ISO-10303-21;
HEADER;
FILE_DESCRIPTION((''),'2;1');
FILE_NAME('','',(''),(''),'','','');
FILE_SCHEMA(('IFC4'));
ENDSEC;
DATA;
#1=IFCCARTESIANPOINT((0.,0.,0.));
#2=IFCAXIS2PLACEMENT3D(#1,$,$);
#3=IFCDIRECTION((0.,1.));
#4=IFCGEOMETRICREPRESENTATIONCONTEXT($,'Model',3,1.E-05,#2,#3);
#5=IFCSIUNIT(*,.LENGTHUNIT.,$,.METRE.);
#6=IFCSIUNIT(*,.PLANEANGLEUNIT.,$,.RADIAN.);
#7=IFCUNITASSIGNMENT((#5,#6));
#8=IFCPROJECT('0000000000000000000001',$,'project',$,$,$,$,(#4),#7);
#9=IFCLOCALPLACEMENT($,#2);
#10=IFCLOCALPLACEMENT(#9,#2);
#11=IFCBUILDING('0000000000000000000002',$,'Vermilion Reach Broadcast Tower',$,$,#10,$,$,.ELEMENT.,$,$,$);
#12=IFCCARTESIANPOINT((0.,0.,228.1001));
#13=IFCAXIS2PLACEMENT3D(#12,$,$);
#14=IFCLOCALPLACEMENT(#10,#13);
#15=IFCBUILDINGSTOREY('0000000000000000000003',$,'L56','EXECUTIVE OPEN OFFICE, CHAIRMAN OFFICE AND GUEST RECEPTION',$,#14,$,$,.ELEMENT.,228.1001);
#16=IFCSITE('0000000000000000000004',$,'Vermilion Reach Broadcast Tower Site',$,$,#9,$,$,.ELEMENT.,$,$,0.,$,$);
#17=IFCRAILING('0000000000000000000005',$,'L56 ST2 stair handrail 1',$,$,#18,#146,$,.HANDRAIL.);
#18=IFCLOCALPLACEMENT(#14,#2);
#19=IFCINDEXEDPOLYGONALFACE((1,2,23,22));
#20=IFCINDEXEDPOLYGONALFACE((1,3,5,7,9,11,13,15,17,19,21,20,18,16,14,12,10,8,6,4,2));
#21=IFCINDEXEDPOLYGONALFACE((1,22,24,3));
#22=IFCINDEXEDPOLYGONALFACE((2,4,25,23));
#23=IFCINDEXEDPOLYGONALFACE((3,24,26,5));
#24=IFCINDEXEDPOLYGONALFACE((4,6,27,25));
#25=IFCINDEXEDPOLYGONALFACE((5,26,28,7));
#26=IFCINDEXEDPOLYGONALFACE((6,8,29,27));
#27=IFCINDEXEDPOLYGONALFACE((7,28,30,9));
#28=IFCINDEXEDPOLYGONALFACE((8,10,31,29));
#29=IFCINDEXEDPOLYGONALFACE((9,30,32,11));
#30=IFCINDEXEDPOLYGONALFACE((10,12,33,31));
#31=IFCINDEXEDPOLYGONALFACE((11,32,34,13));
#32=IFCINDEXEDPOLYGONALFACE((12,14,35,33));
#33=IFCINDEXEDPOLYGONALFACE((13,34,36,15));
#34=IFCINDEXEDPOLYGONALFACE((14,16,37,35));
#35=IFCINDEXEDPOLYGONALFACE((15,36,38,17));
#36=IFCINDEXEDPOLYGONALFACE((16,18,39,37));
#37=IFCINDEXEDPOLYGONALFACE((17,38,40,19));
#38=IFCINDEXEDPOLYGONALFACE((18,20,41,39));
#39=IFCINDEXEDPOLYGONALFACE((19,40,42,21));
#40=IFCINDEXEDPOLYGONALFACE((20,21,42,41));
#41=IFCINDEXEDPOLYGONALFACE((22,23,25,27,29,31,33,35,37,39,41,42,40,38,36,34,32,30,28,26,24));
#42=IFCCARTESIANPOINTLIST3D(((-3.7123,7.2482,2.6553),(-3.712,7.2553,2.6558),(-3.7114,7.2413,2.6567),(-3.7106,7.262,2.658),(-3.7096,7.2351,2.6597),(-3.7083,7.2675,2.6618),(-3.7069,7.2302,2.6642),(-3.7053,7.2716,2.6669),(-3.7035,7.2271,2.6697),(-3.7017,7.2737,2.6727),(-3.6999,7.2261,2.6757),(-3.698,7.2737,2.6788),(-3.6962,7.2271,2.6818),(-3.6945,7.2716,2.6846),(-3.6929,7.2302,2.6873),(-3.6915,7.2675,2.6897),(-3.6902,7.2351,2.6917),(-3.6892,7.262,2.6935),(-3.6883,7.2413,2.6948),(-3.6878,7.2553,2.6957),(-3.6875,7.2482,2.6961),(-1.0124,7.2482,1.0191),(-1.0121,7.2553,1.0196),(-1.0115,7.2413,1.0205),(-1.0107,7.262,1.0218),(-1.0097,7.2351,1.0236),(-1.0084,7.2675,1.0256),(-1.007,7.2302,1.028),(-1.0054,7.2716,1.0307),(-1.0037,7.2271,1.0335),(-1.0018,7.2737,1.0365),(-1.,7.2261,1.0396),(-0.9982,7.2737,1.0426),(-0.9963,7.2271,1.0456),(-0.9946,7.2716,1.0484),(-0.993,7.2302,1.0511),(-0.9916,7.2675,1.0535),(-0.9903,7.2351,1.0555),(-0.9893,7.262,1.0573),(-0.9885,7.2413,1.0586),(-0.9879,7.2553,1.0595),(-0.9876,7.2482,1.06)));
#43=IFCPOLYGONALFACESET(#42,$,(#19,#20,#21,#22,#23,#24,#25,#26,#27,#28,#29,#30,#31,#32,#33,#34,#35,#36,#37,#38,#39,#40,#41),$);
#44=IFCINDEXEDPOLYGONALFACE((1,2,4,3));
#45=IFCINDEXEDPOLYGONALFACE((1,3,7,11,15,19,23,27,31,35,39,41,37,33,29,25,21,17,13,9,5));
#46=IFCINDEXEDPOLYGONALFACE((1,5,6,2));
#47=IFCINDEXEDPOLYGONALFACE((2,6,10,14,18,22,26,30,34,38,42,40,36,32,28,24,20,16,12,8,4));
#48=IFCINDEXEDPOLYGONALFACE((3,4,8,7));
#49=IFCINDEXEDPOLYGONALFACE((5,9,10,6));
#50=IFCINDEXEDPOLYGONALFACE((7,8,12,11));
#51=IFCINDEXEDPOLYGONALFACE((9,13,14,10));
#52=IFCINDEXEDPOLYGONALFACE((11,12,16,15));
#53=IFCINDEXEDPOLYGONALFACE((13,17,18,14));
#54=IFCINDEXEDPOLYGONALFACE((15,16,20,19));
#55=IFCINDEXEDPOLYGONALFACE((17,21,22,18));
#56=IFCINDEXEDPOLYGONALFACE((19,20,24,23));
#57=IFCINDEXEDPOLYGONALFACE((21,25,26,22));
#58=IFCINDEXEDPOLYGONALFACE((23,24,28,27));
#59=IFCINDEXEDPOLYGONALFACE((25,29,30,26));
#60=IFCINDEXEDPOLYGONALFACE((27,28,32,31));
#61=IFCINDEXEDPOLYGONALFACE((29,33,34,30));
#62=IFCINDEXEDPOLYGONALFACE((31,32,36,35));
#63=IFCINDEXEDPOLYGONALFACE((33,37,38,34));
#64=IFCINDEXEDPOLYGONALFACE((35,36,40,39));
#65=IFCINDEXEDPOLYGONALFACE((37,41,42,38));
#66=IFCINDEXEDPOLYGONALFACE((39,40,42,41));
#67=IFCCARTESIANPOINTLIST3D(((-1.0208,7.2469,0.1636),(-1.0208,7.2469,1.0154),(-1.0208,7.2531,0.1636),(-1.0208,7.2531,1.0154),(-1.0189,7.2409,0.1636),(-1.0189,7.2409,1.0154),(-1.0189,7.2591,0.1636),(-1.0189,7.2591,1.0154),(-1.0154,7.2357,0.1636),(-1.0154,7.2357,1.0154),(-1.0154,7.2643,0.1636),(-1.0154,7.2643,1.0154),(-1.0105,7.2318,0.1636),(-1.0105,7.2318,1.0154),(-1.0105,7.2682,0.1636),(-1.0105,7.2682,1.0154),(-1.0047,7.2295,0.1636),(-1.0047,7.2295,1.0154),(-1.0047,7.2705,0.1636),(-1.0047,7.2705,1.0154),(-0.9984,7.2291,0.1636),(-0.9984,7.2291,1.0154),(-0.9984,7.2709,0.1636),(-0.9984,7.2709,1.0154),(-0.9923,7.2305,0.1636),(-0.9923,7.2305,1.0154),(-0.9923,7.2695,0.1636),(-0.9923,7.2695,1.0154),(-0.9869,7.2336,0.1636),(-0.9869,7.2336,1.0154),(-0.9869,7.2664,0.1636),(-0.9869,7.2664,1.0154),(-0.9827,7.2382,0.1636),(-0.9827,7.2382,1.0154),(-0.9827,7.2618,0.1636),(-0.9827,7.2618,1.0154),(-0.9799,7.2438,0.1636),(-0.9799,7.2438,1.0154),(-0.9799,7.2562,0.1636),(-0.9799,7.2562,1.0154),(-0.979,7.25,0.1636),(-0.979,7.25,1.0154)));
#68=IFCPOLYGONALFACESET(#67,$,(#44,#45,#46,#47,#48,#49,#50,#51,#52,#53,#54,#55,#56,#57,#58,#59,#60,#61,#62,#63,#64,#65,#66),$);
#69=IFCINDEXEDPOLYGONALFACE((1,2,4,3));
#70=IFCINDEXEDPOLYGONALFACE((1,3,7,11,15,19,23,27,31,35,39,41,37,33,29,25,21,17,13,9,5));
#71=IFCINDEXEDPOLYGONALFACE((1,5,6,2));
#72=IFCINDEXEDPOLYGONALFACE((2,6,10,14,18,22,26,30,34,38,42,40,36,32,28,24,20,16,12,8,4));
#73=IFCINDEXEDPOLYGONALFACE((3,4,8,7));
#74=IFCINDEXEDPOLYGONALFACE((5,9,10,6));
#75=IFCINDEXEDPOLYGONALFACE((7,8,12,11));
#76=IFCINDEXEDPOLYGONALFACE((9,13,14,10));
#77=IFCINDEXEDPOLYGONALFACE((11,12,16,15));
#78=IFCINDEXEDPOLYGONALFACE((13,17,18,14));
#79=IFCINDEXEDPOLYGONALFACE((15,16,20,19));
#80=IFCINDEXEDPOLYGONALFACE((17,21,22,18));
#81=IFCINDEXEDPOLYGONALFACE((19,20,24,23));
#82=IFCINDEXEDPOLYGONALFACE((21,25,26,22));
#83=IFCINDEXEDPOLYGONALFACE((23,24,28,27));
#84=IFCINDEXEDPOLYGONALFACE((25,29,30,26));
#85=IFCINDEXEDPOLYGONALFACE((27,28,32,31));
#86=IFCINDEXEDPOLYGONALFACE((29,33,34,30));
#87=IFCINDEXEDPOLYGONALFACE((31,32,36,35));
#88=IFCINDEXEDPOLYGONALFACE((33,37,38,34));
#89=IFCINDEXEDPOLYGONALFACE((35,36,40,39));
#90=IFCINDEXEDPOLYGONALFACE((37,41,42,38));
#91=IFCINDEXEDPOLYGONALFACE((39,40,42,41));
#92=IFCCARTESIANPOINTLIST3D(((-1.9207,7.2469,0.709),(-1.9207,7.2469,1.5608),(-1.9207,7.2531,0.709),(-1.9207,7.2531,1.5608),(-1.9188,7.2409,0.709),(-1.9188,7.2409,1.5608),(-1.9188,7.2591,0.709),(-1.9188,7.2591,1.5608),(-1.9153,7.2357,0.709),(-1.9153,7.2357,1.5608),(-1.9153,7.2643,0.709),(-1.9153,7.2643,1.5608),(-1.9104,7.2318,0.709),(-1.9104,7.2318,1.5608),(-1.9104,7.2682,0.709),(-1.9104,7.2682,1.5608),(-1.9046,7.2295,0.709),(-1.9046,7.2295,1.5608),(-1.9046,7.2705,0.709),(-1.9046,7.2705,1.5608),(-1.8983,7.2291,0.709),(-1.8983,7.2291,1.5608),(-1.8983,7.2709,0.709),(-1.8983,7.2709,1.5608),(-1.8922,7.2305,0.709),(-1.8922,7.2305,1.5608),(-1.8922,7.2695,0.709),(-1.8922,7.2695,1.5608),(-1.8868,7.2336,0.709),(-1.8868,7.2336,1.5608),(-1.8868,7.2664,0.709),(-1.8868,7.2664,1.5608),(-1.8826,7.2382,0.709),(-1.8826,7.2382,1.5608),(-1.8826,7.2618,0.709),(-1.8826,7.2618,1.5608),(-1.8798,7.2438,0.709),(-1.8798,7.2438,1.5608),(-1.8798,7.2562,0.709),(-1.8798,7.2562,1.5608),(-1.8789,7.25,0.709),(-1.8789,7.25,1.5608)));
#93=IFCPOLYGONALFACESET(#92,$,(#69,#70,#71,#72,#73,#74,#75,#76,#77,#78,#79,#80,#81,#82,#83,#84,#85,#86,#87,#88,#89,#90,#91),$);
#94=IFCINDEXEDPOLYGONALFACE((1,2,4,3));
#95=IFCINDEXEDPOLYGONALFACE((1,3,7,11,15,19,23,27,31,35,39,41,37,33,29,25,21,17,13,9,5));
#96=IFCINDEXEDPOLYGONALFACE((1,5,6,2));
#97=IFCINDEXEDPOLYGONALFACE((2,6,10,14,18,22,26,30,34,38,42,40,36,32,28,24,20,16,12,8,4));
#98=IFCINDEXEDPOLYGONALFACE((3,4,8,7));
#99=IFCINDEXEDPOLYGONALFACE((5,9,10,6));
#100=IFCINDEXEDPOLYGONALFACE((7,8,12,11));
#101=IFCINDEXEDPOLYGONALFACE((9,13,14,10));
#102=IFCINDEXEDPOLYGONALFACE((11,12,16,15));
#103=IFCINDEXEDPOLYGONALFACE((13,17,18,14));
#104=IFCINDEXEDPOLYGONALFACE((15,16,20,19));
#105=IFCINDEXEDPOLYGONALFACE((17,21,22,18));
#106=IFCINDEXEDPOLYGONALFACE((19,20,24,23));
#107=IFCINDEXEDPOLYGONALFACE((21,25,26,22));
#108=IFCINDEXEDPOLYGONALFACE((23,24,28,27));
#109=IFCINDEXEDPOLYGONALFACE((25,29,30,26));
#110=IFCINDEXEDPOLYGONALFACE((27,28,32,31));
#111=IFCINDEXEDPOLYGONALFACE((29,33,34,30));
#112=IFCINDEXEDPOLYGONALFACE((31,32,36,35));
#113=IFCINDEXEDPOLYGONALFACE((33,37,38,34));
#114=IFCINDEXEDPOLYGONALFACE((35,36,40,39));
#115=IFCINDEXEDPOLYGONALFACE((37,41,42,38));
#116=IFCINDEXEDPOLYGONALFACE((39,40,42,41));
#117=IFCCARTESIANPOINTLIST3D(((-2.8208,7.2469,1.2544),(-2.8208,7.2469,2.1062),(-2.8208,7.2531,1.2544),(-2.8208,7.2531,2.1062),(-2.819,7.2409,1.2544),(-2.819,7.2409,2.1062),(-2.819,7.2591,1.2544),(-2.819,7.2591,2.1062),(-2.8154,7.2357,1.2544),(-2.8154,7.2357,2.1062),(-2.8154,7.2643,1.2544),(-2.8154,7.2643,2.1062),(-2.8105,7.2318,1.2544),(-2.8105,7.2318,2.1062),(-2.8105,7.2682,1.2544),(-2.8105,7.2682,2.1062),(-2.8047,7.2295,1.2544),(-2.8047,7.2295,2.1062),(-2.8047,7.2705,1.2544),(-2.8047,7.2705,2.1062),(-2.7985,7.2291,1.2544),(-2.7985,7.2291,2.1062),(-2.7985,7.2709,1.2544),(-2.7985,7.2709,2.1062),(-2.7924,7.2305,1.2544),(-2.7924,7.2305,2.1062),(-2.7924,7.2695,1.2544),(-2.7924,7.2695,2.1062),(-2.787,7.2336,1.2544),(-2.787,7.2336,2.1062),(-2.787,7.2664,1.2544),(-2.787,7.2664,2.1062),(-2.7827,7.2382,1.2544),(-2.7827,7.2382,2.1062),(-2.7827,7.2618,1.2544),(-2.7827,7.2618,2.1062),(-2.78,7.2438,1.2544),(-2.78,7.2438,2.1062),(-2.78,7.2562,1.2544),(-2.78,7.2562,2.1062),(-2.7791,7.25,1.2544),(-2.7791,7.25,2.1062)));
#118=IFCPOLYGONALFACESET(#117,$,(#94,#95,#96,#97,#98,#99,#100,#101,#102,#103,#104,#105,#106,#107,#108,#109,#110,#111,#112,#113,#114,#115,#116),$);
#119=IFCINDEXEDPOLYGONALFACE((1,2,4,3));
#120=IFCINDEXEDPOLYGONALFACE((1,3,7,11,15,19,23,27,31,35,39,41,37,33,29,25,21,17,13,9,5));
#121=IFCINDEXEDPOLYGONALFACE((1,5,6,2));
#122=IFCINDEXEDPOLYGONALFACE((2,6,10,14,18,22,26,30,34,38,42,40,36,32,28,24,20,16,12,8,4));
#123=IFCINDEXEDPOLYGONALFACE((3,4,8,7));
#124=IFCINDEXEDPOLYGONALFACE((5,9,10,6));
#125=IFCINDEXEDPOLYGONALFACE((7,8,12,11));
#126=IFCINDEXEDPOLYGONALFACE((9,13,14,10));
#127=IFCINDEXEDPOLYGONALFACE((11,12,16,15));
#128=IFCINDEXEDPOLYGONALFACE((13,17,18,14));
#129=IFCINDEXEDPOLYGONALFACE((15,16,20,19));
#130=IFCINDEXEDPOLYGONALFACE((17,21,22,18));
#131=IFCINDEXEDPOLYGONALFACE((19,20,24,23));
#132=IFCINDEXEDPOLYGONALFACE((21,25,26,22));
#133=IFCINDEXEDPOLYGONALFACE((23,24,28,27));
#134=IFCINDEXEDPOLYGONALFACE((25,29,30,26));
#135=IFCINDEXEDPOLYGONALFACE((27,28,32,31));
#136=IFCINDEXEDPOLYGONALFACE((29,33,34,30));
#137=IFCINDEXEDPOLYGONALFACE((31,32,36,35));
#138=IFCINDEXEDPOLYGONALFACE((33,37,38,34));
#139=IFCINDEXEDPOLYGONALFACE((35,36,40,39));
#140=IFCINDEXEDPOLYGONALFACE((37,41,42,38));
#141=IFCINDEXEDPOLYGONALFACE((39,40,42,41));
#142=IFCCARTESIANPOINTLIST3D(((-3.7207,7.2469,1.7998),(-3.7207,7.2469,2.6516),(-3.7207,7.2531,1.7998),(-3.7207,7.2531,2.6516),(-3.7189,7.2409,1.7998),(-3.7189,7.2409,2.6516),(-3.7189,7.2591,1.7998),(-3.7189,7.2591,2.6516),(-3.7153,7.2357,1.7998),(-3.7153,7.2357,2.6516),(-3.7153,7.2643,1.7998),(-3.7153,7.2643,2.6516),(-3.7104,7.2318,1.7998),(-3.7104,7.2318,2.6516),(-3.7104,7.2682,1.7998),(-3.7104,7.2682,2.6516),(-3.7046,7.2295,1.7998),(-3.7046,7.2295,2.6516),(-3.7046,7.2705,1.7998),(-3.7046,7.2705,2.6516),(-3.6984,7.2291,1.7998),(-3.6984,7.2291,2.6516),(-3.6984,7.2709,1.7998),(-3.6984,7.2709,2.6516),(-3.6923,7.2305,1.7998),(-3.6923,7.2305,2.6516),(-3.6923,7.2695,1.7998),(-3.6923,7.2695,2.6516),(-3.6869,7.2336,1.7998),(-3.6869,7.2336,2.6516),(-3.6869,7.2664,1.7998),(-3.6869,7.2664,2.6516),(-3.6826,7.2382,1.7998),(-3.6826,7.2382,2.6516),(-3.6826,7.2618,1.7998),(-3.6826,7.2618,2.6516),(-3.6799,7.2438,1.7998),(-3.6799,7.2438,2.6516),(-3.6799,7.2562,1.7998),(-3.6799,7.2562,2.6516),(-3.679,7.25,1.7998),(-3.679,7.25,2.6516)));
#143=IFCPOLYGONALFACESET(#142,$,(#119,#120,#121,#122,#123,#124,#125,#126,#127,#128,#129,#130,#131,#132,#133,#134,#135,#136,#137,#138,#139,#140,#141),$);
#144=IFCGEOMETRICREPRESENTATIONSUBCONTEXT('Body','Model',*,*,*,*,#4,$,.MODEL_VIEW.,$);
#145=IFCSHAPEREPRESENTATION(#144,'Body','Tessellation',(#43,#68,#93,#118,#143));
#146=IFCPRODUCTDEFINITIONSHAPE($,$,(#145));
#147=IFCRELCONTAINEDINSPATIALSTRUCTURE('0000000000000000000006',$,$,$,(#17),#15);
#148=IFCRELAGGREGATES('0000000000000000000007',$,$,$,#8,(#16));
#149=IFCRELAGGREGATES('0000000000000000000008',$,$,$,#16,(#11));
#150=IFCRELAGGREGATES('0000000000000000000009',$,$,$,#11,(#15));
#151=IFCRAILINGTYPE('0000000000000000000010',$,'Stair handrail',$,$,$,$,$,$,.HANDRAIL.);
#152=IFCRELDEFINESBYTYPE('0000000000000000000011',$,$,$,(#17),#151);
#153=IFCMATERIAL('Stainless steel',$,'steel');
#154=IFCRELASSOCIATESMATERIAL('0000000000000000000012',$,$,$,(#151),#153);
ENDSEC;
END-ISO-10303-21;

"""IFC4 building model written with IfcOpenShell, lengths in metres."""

from ifc_helpers import new_model, si_unit, direction, frame, origin, origin_2d, place, context, subcontext, project, spatial, circle, extrude, material, type_object, element, save


model = new_model("IFC4")

# Units and contexts
model_context = context("Model", 3, precision=1e-05, world=origin(), true_north=direction((0.0, 1.0)))
body_context = subcontext(model_context, "Body", "Model", "MODEL_VIEW")
ifc_project = project(units=[si_unit("LENGTHUNIT", "METRE"), si_unit("PLANEANGLEUNIT", "RADIAN")], contexts=[model_context])

# Site, building, storey
site_placement = place(None, origin())
site = spatial("IfcSite", under=ifc_project, at=site_placement, Name="Vermilion Reach Broadcast Tower Site", CompositionType="ELEMENT", RefElevation=0.0)
building_placement = place(site_placement, origin())
building = spatial("IfcBuilding", under=site, at=building_placement, Name="Vermilion Reach Broadcast Tower", CompositionType="ELEMENT")
storey_placement = place(building_placement, frame((0.0, 0.0, 228.1001)))
storey = spatial("IfcBuildingStorey", under=building, at=storey_placement, Name="L56", Description="EXECUTIVE OPEN OFFICE, CHAIRMAN OFFICE AND GUEST RECEPTION", CompositionType="ELEMENT", Elevation=228.1001)

# Railing
ifc_material_1 = material(Name="Stainless steel", Category="steel")
railing_type_1 = type_object("IfcRailingType", Name="Stair handrail", PredefinedType="HANDRAIL", material=ifc_material_1)
railing_1_placement = place(storey_placement, frame((-1.0, 7.25, 0.1636)))
element("IfcRailing", 1, at=railing_1_placement, inside=storey, type_object=railing_type_1, Name="L56 ST2 stair handrail 1", PredefinedType="HANDRAIL", context=body_context, shape_type="SweptSolid", body=[
    extrude(circle(Radius=0.0239, at=origin_2d()), frame((0.0, 0.0, 0.876), z_axis=(-0.855212, 0.0, 0.518278), x_axis=(0.0, -1.0, 0.0)), (0.0, 0.0, 1.0), 3.157),
    extrude(circle(Radius=0.021, at=origin_2d()), origin(), (0.0, 0.0, 1.0), 0.8518),
    extrude(circle(Radius=0.021, at=origin_2d()), frame((-0.8999, 0.0, 0.5454)), (0.0, 0.0, 1.0), 0.8518),
    extrude(circle(Radius=0.021, at=origin_2d()), frame((-1.8, 0.0, 1.0908)), (0.0, 0.0, 1.0), 0.8518),
    extrude(circle(Radius=0.021, at=origin_2d()), frame((-2.7, 0.0, 1.6362)), (0.0, 0.0, 1.0), 0.8518),
])

save(model, "model.ifc")
